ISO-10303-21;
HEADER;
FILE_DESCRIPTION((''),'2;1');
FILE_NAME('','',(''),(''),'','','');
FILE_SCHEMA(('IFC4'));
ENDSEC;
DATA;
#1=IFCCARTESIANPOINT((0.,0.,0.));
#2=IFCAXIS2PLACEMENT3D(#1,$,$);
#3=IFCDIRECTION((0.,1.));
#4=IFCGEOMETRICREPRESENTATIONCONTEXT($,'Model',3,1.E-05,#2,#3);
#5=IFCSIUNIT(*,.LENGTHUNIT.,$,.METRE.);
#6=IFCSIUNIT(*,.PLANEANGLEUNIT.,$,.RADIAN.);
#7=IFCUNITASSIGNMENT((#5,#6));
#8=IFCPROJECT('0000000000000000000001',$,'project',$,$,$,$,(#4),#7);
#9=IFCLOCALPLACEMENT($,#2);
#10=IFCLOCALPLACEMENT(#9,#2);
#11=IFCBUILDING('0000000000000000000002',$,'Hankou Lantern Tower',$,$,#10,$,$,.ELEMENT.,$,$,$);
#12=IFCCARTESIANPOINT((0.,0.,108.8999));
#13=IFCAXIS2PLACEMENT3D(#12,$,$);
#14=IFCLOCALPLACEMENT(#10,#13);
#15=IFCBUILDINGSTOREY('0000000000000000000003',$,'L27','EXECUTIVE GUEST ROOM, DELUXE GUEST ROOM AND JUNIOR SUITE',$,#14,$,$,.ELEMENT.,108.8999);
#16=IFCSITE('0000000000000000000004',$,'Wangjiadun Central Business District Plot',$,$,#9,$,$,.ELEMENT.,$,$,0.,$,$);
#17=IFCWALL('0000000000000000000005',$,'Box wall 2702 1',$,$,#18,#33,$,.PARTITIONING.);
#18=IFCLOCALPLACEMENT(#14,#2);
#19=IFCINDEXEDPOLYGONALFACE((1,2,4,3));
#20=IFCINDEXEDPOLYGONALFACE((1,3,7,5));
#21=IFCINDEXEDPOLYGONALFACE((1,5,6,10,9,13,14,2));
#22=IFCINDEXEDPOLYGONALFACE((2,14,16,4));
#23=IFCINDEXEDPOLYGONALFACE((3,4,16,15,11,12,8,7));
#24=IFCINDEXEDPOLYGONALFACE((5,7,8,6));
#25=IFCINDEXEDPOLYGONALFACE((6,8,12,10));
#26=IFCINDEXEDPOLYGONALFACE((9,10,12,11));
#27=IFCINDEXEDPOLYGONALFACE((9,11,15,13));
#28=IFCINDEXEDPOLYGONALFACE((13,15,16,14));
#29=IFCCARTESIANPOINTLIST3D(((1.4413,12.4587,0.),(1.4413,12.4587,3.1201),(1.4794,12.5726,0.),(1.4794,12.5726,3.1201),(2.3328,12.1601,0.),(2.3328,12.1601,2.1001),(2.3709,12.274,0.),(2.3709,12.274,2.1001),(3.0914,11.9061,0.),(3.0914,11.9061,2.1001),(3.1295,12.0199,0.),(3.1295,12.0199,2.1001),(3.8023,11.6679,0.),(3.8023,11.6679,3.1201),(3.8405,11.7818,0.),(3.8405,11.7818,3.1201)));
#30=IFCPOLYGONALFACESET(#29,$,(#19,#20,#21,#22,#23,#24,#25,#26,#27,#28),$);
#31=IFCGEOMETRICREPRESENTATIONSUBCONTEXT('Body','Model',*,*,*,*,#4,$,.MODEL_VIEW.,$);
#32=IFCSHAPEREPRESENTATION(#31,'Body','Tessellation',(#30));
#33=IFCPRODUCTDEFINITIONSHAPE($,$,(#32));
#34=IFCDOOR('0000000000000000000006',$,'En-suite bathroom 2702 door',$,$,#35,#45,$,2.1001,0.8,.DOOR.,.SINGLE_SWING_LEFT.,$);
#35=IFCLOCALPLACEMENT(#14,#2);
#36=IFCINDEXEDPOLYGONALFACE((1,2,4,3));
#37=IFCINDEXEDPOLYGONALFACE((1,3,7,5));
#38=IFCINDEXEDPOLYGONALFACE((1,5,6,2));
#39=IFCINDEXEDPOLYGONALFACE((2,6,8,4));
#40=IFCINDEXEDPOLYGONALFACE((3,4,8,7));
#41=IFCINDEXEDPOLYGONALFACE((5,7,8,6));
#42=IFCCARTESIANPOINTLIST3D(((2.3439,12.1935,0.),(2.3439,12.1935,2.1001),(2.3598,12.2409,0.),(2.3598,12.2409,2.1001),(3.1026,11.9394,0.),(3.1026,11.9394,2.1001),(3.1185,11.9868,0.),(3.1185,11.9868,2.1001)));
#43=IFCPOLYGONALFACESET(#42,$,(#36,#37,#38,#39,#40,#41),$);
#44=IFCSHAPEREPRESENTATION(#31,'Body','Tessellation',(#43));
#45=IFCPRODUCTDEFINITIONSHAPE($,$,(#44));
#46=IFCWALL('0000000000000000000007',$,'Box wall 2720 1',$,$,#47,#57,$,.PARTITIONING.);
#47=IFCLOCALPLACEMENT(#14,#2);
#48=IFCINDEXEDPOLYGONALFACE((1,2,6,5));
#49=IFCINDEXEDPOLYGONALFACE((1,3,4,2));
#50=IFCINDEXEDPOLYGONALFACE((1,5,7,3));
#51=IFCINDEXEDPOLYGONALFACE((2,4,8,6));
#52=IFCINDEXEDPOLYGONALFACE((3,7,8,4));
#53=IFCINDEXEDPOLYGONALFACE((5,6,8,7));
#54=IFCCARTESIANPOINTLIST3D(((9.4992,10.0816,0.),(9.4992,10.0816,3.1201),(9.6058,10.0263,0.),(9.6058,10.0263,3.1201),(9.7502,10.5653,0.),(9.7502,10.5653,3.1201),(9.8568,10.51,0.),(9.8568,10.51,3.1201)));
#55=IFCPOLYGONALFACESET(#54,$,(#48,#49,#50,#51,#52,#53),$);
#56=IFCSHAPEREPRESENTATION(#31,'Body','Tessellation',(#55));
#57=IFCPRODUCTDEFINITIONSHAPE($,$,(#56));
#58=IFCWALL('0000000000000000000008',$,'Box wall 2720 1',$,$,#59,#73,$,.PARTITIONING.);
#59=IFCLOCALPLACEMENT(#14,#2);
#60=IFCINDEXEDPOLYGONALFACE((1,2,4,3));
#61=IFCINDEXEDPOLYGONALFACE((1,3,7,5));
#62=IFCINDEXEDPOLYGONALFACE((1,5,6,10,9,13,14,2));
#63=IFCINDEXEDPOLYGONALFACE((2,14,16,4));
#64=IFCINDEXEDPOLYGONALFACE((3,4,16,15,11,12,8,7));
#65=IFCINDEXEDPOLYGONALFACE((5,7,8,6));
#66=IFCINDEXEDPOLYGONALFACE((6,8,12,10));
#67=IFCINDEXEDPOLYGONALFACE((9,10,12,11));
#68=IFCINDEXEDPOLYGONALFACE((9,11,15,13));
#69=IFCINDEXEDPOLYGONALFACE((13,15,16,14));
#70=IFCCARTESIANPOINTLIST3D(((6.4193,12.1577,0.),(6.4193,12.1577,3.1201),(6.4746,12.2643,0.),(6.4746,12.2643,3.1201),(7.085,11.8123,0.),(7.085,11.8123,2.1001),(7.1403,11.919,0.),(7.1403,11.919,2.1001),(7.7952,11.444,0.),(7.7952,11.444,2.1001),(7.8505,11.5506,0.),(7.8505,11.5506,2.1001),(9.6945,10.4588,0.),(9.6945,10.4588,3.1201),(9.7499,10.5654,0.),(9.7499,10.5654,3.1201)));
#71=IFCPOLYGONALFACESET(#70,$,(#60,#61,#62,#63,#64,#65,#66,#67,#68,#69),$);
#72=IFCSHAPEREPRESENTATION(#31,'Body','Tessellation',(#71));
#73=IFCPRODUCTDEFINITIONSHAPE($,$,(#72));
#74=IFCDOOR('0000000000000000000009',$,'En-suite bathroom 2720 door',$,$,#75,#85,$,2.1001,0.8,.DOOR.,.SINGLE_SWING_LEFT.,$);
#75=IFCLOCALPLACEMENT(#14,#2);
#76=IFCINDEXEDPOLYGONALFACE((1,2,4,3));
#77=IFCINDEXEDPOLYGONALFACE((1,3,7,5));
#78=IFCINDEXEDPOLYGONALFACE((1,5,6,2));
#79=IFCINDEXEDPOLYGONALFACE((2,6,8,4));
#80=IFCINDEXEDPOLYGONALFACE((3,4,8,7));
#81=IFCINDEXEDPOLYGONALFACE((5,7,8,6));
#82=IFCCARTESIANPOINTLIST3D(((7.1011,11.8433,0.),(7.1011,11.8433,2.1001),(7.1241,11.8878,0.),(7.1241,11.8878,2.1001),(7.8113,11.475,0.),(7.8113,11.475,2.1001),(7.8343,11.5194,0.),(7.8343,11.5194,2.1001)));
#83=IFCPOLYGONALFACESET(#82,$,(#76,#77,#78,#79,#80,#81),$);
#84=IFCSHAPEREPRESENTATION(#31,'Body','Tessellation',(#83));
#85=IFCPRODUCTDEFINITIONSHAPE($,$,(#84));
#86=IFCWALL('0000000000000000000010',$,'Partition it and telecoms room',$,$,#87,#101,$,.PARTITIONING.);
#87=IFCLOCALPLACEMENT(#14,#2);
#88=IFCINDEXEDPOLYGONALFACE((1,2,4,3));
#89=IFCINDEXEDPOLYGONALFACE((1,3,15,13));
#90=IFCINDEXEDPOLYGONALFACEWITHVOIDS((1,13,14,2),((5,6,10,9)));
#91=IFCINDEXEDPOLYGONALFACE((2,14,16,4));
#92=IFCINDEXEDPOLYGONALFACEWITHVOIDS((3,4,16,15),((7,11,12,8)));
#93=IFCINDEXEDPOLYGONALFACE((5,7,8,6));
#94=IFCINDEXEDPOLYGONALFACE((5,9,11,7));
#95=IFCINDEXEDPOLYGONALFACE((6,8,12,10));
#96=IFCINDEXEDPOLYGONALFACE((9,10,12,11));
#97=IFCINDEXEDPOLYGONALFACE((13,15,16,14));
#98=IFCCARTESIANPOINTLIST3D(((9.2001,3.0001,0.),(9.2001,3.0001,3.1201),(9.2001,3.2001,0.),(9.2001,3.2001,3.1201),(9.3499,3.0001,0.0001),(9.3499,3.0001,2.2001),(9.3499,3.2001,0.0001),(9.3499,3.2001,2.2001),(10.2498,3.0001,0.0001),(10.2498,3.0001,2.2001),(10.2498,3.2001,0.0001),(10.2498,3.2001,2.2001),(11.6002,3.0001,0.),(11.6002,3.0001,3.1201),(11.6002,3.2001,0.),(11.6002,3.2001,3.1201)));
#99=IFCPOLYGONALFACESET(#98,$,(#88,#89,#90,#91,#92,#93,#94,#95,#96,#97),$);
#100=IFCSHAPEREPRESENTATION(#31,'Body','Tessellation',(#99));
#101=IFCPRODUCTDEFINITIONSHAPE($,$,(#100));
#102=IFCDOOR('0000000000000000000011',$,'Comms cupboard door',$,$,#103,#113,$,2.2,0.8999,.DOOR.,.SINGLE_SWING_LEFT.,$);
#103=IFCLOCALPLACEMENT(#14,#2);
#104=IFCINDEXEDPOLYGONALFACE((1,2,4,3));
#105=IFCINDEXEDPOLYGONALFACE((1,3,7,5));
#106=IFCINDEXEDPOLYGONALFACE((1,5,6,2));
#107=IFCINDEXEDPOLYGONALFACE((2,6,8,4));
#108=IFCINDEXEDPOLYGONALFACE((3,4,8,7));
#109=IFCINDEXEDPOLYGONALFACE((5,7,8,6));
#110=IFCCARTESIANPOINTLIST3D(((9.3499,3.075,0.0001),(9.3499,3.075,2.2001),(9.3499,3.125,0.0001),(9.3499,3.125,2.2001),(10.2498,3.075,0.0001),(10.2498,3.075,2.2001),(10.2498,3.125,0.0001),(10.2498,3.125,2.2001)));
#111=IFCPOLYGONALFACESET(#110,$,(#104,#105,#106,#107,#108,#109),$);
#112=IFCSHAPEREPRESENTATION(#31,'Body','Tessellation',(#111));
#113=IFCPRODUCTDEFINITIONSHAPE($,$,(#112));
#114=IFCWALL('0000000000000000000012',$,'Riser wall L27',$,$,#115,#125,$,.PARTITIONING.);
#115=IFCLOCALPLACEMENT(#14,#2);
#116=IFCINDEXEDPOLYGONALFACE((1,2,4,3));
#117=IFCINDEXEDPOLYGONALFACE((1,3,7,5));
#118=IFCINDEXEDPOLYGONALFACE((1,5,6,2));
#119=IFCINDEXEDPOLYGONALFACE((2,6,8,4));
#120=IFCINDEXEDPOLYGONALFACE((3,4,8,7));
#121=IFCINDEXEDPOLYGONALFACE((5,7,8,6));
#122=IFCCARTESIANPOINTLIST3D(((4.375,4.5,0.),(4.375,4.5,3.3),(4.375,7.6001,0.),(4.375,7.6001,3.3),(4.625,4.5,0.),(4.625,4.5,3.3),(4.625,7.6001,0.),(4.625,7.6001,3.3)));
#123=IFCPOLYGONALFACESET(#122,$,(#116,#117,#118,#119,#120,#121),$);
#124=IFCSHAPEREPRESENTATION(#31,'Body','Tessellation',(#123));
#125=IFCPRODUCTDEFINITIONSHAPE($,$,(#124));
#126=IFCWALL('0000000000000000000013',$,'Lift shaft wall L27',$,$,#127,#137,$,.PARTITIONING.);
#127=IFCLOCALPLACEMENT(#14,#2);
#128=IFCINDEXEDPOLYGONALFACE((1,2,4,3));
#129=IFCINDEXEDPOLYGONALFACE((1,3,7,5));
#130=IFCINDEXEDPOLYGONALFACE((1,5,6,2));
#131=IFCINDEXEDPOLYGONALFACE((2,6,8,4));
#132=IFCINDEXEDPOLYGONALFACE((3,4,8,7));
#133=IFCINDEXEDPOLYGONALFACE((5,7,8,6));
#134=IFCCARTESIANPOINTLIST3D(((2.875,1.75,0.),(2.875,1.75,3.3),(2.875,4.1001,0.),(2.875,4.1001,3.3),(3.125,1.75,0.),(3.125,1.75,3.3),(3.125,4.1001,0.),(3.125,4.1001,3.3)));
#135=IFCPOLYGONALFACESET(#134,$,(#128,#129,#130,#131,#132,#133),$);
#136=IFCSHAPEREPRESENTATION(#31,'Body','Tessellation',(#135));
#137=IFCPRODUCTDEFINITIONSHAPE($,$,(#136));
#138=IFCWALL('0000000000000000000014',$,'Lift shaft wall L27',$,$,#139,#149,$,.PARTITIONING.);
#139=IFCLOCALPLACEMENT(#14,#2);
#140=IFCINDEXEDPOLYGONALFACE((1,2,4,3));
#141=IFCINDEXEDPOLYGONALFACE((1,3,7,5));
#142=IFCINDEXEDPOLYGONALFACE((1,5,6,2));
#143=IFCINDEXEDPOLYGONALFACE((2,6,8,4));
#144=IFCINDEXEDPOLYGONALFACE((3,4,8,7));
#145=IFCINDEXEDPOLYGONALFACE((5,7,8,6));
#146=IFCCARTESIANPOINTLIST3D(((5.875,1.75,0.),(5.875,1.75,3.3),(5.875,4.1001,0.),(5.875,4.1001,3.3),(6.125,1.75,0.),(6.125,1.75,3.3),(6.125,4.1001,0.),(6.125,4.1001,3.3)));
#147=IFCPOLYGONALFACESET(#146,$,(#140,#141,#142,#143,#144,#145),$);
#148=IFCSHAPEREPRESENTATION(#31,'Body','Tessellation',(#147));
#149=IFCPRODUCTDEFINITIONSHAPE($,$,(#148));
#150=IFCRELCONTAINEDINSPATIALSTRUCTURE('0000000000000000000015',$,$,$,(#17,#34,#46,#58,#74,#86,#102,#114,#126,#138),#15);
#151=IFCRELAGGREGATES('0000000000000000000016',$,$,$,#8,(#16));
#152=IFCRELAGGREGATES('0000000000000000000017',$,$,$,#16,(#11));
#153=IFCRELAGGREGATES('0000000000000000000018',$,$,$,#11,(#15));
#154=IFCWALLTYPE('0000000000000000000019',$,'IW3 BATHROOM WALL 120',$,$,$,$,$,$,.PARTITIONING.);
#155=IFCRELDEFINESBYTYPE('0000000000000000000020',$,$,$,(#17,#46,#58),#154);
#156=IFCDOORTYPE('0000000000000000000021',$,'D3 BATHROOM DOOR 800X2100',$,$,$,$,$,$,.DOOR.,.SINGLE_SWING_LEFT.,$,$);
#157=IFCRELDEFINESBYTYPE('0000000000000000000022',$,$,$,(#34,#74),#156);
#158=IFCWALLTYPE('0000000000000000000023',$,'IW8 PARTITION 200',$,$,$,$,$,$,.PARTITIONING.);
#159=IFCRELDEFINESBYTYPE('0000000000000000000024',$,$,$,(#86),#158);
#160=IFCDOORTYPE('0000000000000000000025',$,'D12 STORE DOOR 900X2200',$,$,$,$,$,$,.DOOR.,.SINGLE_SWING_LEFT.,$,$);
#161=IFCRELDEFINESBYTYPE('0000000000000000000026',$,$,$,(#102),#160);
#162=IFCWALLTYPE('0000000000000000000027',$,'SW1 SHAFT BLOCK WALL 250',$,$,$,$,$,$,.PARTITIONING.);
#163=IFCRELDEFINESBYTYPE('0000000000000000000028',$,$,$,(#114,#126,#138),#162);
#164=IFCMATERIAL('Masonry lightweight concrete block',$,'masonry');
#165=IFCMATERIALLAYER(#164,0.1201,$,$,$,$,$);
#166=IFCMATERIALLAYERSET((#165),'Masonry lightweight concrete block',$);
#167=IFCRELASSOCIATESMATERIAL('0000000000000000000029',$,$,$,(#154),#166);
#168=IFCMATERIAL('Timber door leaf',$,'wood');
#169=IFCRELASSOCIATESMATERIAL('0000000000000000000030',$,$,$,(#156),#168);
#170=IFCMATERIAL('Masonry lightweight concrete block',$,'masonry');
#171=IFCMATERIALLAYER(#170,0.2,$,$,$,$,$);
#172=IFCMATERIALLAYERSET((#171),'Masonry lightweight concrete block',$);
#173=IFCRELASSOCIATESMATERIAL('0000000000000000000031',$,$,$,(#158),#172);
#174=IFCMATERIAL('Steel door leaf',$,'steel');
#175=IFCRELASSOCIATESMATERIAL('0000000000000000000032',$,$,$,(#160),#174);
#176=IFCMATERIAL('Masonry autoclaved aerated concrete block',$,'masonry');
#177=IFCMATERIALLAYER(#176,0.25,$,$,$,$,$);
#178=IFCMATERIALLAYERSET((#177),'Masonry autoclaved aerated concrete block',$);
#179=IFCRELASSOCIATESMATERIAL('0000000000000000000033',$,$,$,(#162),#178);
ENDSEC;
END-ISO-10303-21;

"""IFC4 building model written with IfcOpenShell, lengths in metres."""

from ifc_helpers import new_model, si_unit, direction, frame, frame_2d, origin, place, context, subcontext, project, spatial, rectangle, extrude, material, layer, layer_set, type_object, element, fill, save


model = new_model("IFC4")

# Units and contexts
model_context = context("Model", 3, precision=1e-05, world=origin(), true_north=direction((0.0, 1.0)))
body_context = subcontext(model_context, "Body", "Model", "MODEL_VIEW")
ifc_project = project(units=[si_unit("LENGTHUNIT", "METRE"), si_unit("PLANEANGLEUNIT", "RADIAN")], contexts=[model_context])

# Site, building, storey
site_placement = place(None, origin())
site = spatial("IfcSite", under=ifc_project, at=site_placement, Name="Wangjiadun Central Business District Plot", CompositionType="ELEMENT", RefElevation=0.0)
building_placement = place(site_placement, origin())
building = spatial("IfcBuilding", under=site, at=building_placement, Name="Hankou Lantern Tower", CompositionType="ELEMENT")
storey_placement = place(building_placement, frame((0.0, 0.0, 108.8999)))
storey = spatial("IfcBuildingStorey", under=building, at=storey_placement, Name="L27", Description="EXECUTIVE GUEST ROOM, DELUXE GUEST ROOM AND JUNIOR SUITE", CompositionType="ELEMENT", Elevation=108.8999)

# Shared definitions
ifc_material_1 = material(Name="Masonry lightweight concrete block", Category="masonry")
ifc_layer_1 = layer(ifc_material_1, 0.1201)
ifc_layer_set_1 = layer_set([ifc_layer_1], Name="Masonry lightweight concrete block")
wall_type_1 = type_object("IfcWallType", Name="IW3 BATHROOM WALL 120", PredefinedType="PARTITIONING", material=ifc_layer_set_1)

# Wall, opening, door
wall_1_placement = place(storey_placement, frame((3.8215, 11.7249, 0.0), z_axis=(0.0, 0.0, 1.0), x_axis=(-0.948231, 0.317581, 0.0)))
wall_1 = element("IfcWall", 1, at=wall_1_placement, inside=storey, type_object=wall_type_1, Name="Box wall 2702 1", PredefinedType="PARTITIONING", context=body_context, shape_type="SweptSolid", body=[
    extrude(rectangle(XDim=2.49, YDim=0.1201, at=frame_2d((1.2451, 0.0))), origin(), (0.0, 0.0, 1.0), 3.1201),
])
opening_1_placement = place(wall_1_placement, frame((0.75, 0.0, 0.0)))
opening_1 = element("IfcOpeningElement", 2, at=opening_1_placement, cuts=wall_1, PredefinedType="OPENING", context=body_context, shape_type="SweptSolid", body=[
    extrude(rectangle(XDim=0.8, YDim=2.1001, at=frame_2d((0.3999, 1.05))), frame((0.0, 0.0701, 0.0), z_axis=(0.0, -1.0, 0.0), x_axis=(1.0, 0.0, 0.0)), (0.0, 0.0, 1.0), 0.1401),
])
ifc_material_2 = material(Name="Timber door leaf", Category="wood")
door_type_1 = type_object("IfcDoorType", Name="D3 BATHROOM DOOR 800X2100", OperationType="SINGLE_SWING_LEFT", PredefinedType="DOOR", material=ifc_material_2)
door_1_placement = place(opening_1_placement, origin())
door_1 = element("IfcDoor", 3, at=door_1_placement, inside=storey, type_object=door_type_1, Name="En-suite bathroom 2702 door", OperationType="SINGLE_SWING_LEFT", OverallHeight=2.1001, OverallWidth=0.8, PredefinedType="DOOR", context=body_context, shape_type="SweptSolid", body=[
    extrude(rectangle(XDim=0.8, YDim=2.1001, at=frame_2d((0.3999, 1.05))), frame((0.0, 0.0249, 0.0), z_axis=(0.0, -1.0, 0.0), x_axis=(1.0, 0.0, 0.0)), (0.0, 0.0, 1.0), 0.05),
])
fill(opening_1, door_1)

# Wall
wall_2_placement = place(storey_placement, frame((9.5525, 10.054, 0.0), z_axis=(0.0, 0.0, 1.0), x_axis=(0.460605, 0.887605, 0.0)))
element("IfcWall", 4, at=wall_2_placement, inside=storey, type_object=wall_type_1, Name="Box wall 2720 1", PredefinedType="PARTITIONING", context=body_context, shape_type="SweptSolid", body=[
    extrude(rectangle(XDim=0.5449, YDim=0.1201, at=frame_2d((0.2725, 0.0))), origin(), (0.0, 0.0, 1.0), 3.1201),
])

# Walls, openings, doors
wall_3_placement = place(storey_placement, frame((6.447, 12.2109, 0.0), z_axis=(0.0, 0.0, 1.0), x_axis=(0.887685, -0.46045, 0.0)))
wall_3 = element("IfcWall", 5, at=wall_3_placement, inside=storey, type_object=wall_type_1, Name="Box wall 2720 1", PredefinedType="PARTITIONING", context=body_context, shape_type="SweptSolid", body=[
    extrude(rectangle(XDim=3.6897, YDim=0.1201, at=frame_2d((1.8447, 0.0))), origin(), (0.0, 0.0, 1.0), 3.1201),
])
opening_2_placement = place(wall_3_placement, frame((0.75, 0.0, 0.0)))
opening_2 = element("IfcOpeningElement", 6, at=opening_2_placement, cuts=wall_3, PredefinedType="OPENING", context=body_context, shape_type="SweptSolid", body=[
    extrude(rectangle(XDim=0.8, YDim=2.1001, at=frame_2d((0.3999, 1.05))), frame((0.0, 0.0701, 0.0), z_axis=(0.0, -1.0, 0.0), x_axis=(1.0, 0.0, 0.0)), (0.0, 0.0, 1.0), 0.1401),
])
door_2_placement = place(opening_2_placement, origin())
door_2 = element("IfcDoor", 7, at=door_2_placement, inside=storey, type_object=door_type_1, Name="En-suite bathroom 2720 door", OperationType="SINGLE_SWING_LEFT", OverallHeight=2.1001, OverallWidth=0.8, PredefinedType="DOOR", context=body_context, shape_type="SweptSolid", body=[
    extrude(rectangle(XDim=0.8, YDim=2.1001, at=frame_2d((0.3999, 1.05))), frame((0.0, 0.0249, 0.0), z_axis=(0.0, -1.0, 0.0), x_axis=(1.0, 0.0, 0.0)), (0.0, 0.0, 1.0), 0.05),
])
fill(opening_2, door_2)
ifc_material_3 = material(Name="Masonry lightweight concrete block", Category="masonry")
ifc_layer_2 = layer(ifc_material_3, 0.2)
ifc_layer_set_2 = layer_set([ifc_layer_2], Name="Masonry lightweight concrete block")
wall_type_2 = type_object("IfcWallType", Name="IW8 PARTITION 200", PredefinedType="PARTITIONING", material=ifc_layer_set_2)
wall_4_placement = place(storey_placement, frame((9.2, 3.1001, 0.0), z_axis=(0.0, 0.0, 1.0), x_axis=(1.0, 0.0, 0.0)))
wall_4 = element("IfcWall", 8, at=wall_4_placement, inside=storey, type_object=wall_type_2, Name="Partition it and telecoms room", PredefinedType="PARTITIONING", context=body_context, shape_type="SweptSolid", body=[
    extrude(rectangle(XDim=2.4001, YDim=0.2, at=frame_2d((1.2002, 0.0))), origin(), (0.0, 0.0, 1.0), 3.1201),
])
opening_3_placement = place(wall_4_placement, frame((0.1499, 0.0, 0.0)))
opening_3 = element("IfcOpeningElement", 9, at=opening_3_placement, cuts=wall_4, PredefinedType="OPENING", context=body_context, shape_type="SweptSolid", body=[
    extrude(rectangle(XDim=0.8999, YDim=2.2, at=frame_2d((0.45, 1.1001))), frame((0.0, 0.1099, 0.0), z_axis=(0.0, -1.0, 0.0), x_axis=(1.0, 0.0, 0.0)), (0.0, 0.0, 1.0), 0.22),
])
ifc_material_4 = material(Name="Steel door leaf", Category="steel")
door_type_2 = type_object("IfcDoorType", Name="D12 STORE DOOR 900X2200", OperationType="SINGLE_SWING_LEFT", PredefinedType="DOOR", material=ifc_material_4)
door_3_placement = place(opening_3_placement, origin())
door_3 = element("IfcDoor", 10, at=door_3_placement, inside=storey, type_object=door_type_2, Name="Comms cupboard door", OperationType="SINGLE_SWING_LEFT", OverallHeight=2.2, OverallWidth=0.8999, PredefinedType="DOOR", context=body_context, shape_type="SweptSolid", body=[
    extrude(rectangle(XDim=0.8999, YDim=2.2, at=frame_2d((0.45, 1.1001))), frame((0.0, 0.0249, 0.0), z_axis=(0.0, -1.0, 0.0), x_axis=(1.0, 0.0, 0.0)), (0.0, 0.0, 1.0), 0.05),
])
fill(opening_3, door_3)

# Walls
ifc_material_5 = material(Name="Masonry autoclaved aerated concrete block", Category="masonry")
ifc_layer_3 = layer(ifc_material_5, 0.25)
ifc_layer_set_3 = layer_set([ifc_layer_3], Name="Masonry autoclaved aerated concrete block")
wall_type_3 = type_object("IfcWallType", Name="SW1 SHAFT BLOCK WALL 250", PredefinedType="PARTITIONING", material=ifc_layer_set_3)
wall_5_placement = place(storey_placement, frame((4.5, 4.5, 0.0), z_axis=(0.0, 0.0, 1.0), x_axis=(0.0, 1.0, 0.0)))
element("IfcWall", 11, at=wall_5_placement, inside=storey, type_object=wall_type_3, Name="Riser wall L27", PredefinedType="PARTITIONING", context=body_context, shape_type="SweptSolid", body=[
    extrude(rectangle(XDim=3.1001, YDim=0.25, at=frame_2d((1.55, 0.0))), origin(), (0.0, 0.0, 1.0), 3.3),
])
for number, where, z_axis, x_axis, name in (
    (12, (3.0, 1.75, 0.0), (0.0, 0.0, 1.0), (0.0, 1.0, 0.0), "Lift shaft wall L27"),
    (13, (6.0, 1.75, 0.0), (0.0, 0.0, 1.0), (0.0, 1.0, 0.0), "Lift shaft wall L27"),
):
    element("IfcWall", number, at=place(storey_placement, frame(where, z_axis=z_axis, x_axis=x_axis)), inside=storey, type_object=wall_type_3, Name=name, PredefinedType="PARTITIONING", context=body_context, shape_type="SweptSolid", body=[
        extrude(rectangle(XDim=2.3501, YDim=0.25, at=frame_2d((1.175, 0.0))), origin(), (0.0, 0.0, 1.0), 3.3),
    ])

save(model, "model.ifc")
